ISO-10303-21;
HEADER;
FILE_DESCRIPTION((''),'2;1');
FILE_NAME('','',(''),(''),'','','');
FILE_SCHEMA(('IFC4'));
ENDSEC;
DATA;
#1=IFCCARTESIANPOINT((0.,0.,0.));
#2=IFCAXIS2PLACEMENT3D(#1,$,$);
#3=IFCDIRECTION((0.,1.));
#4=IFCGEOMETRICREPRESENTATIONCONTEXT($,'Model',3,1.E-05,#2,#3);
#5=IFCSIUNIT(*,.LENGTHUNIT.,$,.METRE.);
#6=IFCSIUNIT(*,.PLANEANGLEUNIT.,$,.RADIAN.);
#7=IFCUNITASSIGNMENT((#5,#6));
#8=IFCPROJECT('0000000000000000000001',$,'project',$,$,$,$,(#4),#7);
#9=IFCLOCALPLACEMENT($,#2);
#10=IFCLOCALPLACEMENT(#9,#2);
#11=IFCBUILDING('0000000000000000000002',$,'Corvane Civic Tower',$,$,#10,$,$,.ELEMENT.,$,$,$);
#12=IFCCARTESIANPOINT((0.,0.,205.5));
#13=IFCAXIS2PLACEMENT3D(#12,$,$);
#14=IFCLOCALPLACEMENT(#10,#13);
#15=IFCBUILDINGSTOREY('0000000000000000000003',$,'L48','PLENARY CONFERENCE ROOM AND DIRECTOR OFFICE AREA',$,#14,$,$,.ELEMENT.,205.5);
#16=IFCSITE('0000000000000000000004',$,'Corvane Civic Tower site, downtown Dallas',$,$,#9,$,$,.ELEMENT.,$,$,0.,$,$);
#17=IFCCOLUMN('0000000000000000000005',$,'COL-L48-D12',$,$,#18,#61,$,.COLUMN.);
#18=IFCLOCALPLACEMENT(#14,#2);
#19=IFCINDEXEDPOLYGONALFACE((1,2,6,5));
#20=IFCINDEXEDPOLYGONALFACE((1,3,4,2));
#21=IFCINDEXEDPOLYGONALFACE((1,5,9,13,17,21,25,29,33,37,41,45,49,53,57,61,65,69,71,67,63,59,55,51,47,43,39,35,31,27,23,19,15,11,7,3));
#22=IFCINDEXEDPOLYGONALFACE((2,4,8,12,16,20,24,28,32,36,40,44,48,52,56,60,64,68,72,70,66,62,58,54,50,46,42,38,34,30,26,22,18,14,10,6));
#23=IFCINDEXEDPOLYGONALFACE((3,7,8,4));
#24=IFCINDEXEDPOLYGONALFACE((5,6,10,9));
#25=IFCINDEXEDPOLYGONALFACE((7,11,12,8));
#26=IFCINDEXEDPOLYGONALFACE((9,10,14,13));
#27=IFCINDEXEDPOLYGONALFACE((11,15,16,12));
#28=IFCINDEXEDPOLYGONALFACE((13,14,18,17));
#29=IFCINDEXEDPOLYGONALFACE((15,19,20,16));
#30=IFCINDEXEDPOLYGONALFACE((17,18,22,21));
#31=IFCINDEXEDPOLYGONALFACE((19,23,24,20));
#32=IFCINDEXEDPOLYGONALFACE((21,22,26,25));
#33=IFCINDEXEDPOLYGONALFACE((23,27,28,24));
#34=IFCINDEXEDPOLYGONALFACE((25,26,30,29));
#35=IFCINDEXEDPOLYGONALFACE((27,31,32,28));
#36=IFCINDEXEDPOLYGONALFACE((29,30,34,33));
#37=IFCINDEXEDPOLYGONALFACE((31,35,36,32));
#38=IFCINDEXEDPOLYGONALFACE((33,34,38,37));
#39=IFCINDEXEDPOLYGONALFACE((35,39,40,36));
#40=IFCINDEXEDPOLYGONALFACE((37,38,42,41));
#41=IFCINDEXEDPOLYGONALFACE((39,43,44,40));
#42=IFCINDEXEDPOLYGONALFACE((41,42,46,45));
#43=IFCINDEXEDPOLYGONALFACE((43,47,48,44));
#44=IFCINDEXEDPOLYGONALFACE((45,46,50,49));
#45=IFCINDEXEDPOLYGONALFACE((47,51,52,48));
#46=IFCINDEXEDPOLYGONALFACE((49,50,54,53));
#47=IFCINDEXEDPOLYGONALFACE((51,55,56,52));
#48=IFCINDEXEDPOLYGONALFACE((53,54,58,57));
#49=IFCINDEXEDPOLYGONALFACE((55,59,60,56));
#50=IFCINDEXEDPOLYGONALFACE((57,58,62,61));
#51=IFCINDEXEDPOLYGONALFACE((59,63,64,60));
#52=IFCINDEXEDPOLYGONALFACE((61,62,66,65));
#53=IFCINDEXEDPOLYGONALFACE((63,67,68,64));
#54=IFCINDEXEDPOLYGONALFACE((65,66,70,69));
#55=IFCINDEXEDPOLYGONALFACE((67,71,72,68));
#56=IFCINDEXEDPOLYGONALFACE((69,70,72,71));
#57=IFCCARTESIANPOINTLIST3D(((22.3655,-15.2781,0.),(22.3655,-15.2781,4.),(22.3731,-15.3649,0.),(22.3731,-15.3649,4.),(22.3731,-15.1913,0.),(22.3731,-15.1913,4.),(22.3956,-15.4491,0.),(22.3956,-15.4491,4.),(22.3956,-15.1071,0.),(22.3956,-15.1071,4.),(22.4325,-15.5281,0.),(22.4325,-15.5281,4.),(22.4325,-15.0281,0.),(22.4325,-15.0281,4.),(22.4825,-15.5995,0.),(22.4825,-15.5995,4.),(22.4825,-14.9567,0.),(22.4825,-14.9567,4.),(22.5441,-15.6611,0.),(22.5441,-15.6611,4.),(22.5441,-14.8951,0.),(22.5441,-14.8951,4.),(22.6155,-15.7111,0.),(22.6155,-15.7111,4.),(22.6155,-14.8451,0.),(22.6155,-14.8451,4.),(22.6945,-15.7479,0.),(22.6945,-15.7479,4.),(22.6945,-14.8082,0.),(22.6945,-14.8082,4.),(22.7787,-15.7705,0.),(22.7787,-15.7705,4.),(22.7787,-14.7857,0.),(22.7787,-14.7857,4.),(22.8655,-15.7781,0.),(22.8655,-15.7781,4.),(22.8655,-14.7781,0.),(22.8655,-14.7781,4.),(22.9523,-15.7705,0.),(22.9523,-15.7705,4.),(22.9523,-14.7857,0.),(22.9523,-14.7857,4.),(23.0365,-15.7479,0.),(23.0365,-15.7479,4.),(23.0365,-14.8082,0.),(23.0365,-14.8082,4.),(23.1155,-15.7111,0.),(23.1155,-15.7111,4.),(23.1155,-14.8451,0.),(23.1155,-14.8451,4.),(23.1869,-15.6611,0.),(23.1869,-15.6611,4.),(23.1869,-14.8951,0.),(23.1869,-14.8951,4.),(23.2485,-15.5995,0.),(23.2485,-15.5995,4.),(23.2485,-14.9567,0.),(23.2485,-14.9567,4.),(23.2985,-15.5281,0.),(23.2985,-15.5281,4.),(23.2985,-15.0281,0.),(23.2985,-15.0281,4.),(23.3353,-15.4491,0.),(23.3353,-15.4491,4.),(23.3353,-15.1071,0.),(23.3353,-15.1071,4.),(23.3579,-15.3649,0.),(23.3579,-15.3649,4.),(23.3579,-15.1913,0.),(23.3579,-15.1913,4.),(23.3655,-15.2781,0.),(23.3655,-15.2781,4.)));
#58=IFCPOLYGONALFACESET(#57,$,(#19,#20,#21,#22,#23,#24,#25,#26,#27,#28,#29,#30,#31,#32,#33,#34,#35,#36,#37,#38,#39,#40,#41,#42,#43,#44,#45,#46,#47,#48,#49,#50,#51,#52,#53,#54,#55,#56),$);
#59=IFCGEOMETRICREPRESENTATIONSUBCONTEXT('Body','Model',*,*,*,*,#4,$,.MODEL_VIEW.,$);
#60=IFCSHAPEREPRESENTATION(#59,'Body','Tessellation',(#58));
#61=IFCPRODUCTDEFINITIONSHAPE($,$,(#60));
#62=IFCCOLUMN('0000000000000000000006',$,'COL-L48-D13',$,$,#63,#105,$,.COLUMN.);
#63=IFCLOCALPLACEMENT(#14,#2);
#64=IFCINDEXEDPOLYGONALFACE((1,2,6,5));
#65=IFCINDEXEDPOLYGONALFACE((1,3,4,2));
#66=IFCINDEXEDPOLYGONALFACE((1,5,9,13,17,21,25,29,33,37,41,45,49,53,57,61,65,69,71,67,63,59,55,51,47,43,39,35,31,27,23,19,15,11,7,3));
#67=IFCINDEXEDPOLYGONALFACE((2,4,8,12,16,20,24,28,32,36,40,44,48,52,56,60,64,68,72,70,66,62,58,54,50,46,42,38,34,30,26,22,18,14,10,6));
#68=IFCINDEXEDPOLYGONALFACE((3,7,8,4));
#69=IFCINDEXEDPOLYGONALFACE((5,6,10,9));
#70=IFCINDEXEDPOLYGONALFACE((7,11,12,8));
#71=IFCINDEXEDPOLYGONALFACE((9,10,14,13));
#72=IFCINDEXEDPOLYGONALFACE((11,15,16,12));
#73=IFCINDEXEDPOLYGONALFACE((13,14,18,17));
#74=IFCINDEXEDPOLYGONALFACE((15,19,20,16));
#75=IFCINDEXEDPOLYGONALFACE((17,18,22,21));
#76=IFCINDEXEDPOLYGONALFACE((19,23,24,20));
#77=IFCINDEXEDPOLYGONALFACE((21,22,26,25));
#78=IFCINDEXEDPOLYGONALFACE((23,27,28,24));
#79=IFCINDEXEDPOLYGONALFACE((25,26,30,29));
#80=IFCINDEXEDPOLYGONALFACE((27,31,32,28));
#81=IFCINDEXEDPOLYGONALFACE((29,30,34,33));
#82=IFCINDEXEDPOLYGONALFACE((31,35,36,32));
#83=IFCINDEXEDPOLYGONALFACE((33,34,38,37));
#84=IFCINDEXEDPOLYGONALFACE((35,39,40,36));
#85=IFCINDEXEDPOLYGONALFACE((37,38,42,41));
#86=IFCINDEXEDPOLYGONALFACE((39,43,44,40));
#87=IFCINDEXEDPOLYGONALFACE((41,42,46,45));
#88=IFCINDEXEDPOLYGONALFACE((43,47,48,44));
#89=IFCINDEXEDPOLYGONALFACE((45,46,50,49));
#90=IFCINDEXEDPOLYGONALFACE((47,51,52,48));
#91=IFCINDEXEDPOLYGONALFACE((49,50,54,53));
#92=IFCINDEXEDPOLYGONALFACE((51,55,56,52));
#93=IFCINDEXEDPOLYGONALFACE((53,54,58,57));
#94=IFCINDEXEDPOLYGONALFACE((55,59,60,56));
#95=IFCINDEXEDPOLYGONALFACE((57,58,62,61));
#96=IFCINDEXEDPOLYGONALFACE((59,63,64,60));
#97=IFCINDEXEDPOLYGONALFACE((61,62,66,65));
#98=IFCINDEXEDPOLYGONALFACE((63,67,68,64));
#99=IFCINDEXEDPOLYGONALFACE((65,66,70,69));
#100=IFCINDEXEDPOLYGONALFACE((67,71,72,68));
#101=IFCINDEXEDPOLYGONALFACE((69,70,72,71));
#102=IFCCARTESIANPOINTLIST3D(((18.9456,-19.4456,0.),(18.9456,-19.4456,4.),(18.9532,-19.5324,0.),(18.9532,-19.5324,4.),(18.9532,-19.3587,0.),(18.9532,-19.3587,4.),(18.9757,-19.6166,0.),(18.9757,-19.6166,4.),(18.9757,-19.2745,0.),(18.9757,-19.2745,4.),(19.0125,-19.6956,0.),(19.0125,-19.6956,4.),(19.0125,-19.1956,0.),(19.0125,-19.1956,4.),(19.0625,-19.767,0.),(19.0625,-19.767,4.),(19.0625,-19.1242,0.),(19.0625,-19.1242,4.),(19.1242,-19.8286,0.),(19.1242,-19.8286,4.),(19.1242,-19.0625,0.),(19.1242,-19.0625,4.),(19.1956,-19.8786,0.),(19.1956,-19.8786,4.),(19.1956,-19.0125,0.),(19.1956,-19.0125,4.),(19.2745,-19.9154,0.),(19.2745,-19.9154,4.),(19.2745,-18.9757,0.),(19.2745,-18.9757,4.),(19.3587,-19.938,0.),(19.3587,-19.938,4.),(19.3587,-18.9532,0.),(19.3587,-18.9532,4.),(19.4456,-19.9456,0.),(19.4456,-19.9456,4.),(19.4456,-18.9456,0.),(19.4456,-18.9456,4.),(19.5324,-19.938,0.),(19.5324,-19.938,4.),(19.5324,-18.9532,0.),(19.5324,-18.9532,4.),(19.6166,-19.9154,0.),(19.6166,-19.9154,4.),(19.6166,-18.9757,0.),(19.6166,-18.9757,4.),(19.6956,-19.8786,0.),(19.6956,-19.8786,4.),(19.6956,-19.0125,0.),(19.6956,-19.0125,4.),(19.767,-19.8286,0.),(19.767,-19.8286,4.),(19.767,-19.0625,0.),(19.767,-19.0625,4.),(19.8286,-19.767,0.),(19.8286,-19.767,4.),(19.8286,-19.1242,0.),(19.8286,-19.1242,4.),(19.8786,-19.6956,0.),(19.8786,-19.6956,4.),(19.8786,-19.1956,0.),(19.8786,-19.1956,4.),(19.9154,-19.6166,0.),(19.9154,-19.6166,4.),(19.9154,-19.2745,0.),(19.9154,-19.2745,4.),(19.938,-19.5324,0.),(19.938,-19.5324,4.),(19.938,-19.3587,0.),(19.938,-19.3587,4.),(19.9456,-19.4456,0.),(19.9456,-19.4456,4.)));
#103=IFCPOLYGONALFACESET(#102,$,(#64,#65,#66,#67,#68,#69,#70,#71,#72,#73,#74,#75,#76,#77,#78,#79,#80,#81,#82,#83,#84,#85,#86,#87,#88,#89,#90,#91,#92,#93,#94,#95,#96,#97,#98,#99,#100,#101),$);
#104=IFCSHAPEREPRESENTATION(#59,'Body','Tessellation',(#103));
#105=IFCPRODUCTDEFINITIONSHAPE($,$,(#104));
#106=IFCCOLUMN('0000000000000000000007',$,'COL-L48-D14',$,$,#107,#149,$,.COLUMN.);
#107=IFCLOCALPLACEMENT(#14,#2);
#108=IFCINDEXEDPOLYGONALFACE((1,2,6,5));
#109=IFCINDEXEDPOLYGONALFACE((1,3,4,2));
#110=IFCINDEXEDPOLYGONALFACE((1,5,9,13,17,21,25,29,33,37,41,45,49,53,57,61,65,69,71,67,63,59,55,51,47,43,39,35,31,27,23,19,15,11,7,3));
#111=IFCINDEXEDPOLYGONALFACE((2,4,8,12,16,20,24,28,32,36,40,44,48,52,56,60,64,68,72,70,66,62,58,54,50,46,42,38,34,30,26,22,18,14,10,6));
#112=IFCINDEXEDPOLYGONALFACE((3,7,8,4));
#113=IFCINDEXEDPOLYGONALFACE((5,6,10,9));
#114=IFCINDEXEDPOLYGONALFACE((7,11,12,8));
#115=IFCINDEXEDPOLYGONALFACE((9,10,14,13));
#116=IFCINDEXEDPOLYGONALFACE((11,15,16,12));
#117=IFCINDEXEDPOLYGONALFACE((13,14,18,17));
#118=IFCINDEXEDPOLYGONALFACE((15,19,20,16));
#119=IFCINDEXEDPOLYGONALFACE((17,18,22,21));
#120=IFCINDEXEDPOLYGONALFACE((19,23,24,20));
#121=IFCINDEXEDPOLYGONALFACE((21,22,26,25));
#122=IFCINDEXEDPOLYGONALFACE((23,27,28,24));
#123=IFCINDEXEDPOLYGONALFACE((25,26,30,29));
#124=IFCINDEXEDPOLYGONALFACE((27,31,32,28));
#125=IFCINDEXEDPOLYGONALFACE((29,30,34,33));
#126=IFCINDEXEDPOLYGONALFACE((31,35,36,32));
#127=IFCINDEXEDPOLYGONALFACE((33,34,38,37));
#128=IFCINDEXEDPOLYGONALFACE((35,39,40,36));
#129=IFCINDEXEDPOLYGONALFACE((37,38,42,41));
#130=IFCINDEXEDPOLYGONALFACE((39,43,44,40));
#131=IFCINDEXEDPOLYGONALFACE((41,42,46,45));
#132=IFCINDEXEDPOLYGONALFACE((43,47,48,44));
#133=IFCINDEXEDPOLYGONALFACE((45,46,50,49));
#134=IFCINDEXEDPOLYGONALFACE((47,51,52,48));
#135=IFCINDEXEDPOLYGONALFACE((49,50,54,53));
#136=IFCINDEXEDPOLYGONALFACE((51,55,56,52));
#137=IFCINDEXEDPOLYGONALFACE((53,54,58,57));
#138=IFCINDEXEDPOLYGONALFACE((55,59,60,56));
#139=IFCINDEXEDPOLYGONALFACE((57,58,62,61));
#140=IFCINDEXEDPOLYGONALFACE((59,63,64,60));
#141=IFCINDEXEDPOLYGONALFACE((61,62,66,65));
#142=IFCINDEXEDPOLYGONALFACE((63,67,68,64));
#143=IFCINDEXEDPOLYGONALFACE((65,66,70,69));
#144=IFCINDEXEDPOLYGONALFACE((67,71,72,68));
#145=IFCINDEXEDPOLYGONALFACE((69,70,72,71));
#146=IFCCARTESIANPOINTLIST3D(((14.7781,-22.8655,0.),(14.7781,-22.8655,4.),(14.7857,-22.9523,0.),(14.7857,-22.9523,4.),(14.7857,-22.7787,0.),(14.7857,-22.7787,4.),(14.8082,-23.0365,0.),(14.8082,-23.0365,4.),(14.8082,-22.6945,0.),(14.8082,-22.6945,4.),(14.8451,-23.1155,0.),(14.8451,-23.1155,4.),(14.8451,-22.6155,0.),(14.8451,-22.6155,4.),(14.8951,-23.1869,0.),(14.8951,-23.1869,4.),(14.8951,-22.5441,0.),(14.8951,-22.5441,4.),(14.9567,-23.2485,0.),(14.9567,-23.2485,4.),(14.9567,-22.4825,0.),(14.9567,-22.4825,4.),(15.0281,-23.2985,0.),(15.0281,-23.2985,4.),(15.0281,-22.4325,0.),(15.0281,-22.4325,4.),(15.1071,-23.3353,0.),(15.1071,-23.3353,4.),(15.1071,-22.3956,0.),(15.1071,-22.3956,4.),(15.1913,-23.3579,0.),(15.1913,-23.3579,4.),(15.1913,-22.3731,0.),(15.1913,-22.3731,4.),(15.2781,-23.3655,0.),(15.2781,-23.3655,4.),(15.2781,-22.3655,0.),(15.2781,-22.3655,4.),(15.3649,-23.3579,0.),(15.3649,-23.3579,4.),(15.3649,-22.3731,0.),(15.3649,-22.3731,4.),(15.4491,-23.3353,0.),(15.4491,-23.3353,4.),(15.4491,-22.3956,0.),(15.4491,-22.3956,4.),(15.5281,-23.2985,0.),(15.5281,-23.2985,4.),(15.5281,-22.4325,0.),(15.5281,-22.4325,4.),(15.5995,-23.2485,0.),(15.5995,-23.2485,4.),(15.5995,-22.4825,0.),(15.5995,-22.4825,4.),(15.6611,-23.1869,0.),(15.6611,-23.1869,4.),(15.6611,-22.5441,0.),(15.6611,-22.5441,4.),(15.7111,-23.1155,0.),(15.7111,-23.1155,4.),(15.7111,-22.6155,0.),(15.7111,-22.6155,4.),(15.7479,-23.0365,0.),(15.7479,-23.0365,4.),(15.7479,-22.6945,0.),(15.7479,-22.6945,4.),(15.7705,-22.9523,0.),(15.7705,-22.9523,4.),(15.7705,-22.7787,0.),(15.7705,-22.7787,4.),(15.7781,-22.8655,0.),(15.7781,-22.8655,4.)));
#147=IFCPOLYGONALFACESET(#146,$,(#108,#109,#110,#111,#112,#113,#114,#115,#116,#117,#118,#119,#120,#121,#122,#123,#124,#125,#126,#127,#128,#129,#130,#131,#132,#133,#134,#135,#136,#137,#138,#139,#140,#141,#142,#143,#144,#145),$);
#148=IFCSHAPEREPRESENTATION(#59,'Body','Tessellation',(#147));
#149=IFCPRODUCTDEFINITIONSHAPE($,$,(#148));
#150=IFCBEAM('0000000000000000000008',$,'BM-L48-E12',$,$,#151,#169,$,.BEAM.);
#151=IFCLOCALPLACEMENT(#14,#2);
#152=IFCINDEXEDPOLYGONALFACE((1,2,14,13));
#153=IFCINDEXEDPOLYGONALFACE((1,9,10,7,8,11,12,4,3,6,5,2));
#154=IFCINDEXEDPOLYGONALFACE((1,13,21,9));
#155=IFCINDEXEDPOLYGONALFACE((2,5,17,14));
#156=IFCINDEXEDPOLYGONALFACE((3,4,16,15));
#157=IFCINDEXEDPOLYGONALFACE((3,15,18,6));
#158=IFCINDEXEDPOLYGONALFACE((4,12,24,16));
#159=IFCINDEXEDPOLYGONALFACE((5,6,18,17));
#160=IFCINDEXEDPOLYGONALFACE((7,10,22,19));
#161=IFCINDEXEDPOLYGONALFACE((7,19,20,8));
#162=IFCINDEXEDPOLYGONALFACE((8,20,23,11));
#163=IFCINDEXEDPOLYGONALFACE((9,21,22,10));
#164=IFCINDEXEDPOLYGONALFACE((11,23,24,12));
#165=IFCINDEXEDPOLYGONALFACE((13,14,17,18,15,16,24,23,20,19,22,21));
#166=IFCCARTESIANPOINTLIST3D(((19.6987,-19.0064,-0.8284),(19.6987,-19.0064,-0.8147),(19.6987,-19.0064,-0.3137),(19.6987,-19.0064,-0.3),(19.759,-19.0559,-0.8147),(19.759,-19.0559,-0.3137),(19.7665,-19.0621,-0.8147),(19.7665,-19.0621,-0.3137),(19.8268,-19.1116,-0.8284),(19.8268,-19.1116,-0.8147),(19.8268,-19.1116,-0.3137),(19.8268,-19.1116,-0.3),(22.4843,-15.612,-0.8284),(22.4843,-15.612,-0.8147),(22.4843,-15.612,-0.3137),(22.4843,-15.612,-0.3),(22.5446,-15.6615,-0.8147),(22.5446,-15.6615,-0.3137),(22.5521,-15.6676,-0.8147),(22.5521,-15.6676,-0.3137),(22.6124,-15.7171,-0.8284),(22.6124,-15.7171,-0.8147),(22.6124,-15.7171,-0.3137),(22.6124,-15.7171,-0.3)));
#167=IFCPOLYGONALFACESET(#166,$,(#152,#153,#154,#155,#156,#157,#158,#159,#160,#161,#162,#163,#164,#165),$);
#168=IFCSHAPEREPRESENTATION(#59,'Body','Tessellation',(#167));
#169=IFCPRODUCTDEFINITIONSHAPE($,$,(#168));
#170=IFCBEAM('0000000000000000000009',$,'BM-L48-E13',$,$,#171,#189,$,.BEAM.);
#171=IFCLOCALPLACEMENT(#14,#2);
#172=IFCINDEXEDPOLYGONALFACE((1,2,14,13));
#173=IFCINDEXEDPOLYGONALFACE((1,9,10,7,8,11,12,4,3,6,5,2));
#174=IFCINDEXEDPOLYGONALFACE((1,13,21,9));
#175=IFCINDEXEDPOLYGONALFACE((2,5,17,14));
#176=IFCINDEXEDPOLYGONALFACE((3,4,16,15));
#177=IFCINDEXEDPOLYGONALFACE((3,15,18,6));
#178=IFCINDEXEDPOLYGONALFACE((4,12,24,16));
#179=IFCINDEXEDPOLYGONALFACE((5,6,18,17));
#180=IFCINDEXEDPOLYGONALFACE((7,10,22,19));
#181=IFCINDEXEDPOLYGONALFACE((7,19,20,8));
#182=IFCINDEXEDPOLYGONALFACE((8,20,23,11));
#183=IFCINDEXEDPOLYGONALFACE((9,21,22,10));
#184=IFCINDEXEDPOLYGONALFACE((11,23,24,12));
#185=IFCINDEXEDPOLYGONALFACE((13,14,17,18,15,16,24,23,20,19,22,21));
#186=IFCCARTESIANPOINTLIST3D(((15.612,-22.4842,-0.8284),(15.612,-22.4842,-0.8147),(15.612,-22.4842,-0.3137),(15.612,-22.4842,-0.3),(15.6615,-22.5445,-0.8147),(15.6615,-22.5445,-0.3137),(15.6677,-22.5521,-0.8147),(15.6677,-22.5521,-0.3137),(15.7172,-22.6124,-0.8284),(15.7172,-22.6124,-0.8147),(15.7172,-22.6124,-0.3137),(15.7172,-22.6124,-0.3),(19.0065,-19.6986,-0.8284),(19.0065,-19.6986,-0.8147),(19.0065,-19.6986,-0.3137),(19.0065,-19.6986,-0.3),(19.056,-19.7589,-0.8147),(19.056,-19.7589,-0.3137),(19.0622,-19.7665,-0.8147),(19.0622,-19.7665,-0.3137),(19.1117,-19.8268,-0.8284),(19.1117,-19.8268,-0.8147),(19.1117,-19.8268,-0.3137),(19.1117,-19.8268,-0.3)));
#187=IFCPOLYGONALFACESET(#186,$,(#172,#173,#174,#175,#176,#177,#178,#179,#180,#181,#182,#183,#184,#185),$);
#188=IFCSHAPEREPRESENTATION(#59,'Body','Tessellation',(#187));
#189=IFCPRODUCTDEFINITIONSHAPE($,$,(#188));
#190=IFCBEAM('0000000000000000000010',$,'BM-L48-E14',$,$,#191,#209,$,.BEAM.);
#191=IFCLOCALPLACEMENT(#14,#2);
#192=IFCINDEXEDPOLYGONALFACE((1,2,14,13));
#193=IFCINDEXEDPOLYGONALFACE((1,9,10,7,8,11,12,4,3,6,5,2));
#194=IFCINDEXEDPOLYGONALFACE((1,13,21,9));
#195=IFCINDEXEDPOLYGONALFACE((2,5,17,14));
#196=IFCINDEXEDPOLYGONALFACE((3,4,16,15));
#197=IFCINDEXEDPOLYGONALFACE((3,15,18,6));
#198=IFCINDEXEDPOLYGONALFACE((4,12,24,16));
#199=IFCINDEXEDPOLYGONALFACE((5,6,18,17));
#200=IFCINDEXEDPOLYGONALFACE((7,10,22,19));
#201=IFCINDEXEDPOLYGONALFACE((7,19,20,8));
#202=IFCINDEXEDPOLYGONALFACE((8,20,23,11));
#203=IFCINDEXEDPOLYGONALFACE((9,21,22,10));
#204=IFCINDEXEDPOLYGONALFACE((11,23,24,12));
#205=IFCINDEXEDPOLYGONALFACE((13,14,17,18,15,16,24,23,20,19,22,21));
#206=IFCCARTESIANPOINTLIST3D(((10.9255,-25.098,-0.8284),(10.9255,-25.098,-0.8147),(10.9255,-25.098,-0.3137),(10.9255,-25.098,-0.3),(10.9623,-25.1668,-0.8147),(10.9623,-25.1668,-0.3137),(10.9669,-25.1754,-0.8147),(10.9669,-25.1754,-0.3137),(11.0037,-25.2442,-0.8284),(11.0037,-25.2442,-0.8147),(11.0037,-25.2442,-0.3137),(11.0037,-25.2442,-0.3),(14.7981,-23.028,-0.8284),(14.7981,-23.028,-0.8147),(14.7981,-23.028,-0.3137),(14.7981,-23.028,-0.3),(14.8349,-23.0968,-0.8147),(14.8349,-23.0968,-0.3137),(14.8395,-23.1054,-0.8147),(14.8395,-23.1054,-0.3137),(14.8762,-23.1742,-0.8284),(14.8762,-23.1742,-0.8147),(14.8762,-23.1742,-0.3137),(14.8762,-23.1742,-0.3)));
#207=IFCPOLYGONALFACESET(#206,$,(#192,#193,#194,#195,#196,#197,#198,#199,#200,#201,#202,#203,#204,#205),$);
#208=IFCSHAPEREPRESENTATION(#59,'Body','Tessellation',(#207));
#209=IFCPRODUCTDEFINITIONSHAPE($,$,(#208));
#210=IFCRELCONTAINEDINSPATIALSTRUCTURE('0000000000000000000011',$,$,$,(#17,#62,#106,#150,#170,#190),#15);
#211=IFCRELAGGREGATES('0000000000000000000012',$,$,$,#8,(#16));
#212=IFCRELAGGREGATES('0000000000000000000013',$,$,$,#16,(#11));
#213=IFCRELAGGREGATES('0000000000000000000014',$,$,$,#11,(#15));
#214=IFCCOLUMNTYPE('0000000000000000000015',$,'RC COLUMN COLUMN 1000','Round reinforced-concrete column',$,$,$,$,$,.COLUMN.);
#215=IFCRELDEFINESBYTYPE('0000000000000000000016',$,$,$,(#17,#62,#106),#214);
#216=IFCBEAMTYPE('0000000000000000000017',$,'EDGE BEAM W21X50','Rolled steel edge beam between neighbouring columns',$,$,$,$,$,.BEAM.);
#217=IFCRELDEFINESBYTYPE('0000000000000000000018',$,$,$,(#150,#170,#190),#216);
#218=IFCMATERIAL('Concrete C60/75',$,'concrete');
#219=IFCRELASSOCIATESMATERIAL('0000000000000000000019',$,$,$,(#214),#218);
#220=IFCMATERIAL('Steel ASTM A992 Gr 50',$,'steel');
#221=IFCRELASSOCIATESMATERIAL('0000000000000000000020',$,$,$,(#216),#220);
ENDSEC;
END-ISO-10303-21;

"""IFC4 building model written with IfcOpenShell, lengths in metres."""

from ifc_helpers import new_model, si_unit, direction, frame, origin, origin_2d, place, context, subcontext, project, spatial, circle, i_section, extrude, material, material_profile, profile_set, type_object, element, save


model = new_model("IFC4")

# Units and contexts
model_context = context("Model", 3, precision=1e-05, world=origin(), true_north=direction((0.0, 1.0)))
body_context = subcontext(model_context, "Body", "Model", "MODEL_VIEW")
ifc_project = project(units=[si_unit("LENGTHUNIT", "METRE"), si_unit("PLANEANGLEUNIT", "RADIAN")], contexts=[model_context])

# Site, building, storey
site_placement = place(None, origin())
site = spatial("IfcSite", under=ifc_project, at=site_placement, Name="Corvane Civic Tower site, downtown Dallas", CompositionType="ELEMENT", RefElevation=0.0)
building_placement = place(site_placement, origin())
building = spatial("IfcBuilding", under=site, at=building_placement, Name="Corvane Civic Tower", CompositionType="ELEMENT")
storey_placement = place(building_placement, frame((0.0, 0.0, 205.5)))
storey = spatial("IfcBuildingStorey", under=building, at=storey_placement, Name="L48", Description="PLENARY CONFERENCE ROOM AND DIRECTOR OFFICE AREA", CompositionType="ELEMENT", Elevation=205.5)

# Columns
ifc_material_1 = material(Name="Concrete C60/75", Category="concrete")
ifc_material_profile_1 = material_profile(ifc_material_1, circle(Radius=0.5, at=origin_2d()), Name="COLUMN 1000")
ifc_profile_set_1 = profile_set([ifc_material_profile_1], Name="Concrete C60/75")
column_type = type_object("IfcColumnType", Name="RC COLUMN COLUMN 1000", Description="Round reinforced-concrete column", PredefinedType="COLUMN", material=ifc_profile_set_1)
for number, where, z_axis, x_axis, name in (
    (1, (22.8655, -15.2781, 0.0), (0.0, 0.0, 1.0), (1.0, 0.0, 0.0), "COL-L48-D12"),
    (2, (19.4456, -19.4456, 0.0), (0.0, 0.0, 1.0), (1.0, 0.0, 0.0), "COL-L48-D13"),
    (3, (15.2781, -22.8655, 0.0), (0.0, 0.0, 1.0), (1.0, 0.0, 0.0), "COL-L48-D14"),
):
    element("IfcColumn", number, at=place(storey_placement, frame(where, z_axis=z_axis, x_axis=x_axis)), inside=storey, type_object=column_type, Name=name, PredefinedType="COLUMN", context=body_context, shape_type="SweptSolid", body=[
        extrude(circle(Radius=0.5, at=origin_2d()), origin(), (0.0, 0.0, 1.0), 4.0),
    ])

# Beams
ifc_material_2 = material(Name="Steel ASTM A992 Gr 50", Category="steel")
ifc_material_profile_2 = material_profile(ifc_material_2, i_section(OverallWidth=0.1658, OverallDepth=0.5283, WebThickness=0.0098, FlangeThickness=0.0137, at=origin_2d()), Name="W21X50")
ifc_profile_set_2 = profile_set([ifc_material_profile_2], Name="Steel ASTM A992 Gr 50")
beam_type_1 = type_object("IfcBeamType", Name="EDGE BEAM W21X50", Description="Rolled steel edge beam between neighbouring columns", PredefinedType="BEAM", material=ifc_profile_set_2)
for number, where, z_axis, x_axis, name in (
    (4, (22.5483, -15.6646, -0.5642), (-0.634369, -0.77303, 0.0), (0.77303, -0.634369, 0.0), "BM-L48-E12"),
    (5, (19.0591, -19.7627, -0.5642), (-0.77303, -0.634369, 0.0), (0.634369, -0.77303, 0.0), "BM-L48-E13"),
    (6, (14.8372, -23.1011, -0.5642), (-0.881908, -0.471422, 0.0), (0.471422, -0.881908, 0.0), "BM-L48-E14"),
):
    element("IfcBeam", number, at=place(storey_placement, frame(where, z_axis=z_axis, x_axis=x_axis)), inside=storey, type_object=beam_type_1, Name=name, PredefinedType="BEAM", context=body_context, shape_type="SweptSolid", body=[
        extrude(i_section(OverallWidth=0.1658, OverallDepth=0.5283, WebThickness=0.0098, FlangeThickness=0.0137, at=origin_2d()), origin(), (0.0, 0.0, 1.0), 4.3911),
    ])

save(model, "model.ifc")
